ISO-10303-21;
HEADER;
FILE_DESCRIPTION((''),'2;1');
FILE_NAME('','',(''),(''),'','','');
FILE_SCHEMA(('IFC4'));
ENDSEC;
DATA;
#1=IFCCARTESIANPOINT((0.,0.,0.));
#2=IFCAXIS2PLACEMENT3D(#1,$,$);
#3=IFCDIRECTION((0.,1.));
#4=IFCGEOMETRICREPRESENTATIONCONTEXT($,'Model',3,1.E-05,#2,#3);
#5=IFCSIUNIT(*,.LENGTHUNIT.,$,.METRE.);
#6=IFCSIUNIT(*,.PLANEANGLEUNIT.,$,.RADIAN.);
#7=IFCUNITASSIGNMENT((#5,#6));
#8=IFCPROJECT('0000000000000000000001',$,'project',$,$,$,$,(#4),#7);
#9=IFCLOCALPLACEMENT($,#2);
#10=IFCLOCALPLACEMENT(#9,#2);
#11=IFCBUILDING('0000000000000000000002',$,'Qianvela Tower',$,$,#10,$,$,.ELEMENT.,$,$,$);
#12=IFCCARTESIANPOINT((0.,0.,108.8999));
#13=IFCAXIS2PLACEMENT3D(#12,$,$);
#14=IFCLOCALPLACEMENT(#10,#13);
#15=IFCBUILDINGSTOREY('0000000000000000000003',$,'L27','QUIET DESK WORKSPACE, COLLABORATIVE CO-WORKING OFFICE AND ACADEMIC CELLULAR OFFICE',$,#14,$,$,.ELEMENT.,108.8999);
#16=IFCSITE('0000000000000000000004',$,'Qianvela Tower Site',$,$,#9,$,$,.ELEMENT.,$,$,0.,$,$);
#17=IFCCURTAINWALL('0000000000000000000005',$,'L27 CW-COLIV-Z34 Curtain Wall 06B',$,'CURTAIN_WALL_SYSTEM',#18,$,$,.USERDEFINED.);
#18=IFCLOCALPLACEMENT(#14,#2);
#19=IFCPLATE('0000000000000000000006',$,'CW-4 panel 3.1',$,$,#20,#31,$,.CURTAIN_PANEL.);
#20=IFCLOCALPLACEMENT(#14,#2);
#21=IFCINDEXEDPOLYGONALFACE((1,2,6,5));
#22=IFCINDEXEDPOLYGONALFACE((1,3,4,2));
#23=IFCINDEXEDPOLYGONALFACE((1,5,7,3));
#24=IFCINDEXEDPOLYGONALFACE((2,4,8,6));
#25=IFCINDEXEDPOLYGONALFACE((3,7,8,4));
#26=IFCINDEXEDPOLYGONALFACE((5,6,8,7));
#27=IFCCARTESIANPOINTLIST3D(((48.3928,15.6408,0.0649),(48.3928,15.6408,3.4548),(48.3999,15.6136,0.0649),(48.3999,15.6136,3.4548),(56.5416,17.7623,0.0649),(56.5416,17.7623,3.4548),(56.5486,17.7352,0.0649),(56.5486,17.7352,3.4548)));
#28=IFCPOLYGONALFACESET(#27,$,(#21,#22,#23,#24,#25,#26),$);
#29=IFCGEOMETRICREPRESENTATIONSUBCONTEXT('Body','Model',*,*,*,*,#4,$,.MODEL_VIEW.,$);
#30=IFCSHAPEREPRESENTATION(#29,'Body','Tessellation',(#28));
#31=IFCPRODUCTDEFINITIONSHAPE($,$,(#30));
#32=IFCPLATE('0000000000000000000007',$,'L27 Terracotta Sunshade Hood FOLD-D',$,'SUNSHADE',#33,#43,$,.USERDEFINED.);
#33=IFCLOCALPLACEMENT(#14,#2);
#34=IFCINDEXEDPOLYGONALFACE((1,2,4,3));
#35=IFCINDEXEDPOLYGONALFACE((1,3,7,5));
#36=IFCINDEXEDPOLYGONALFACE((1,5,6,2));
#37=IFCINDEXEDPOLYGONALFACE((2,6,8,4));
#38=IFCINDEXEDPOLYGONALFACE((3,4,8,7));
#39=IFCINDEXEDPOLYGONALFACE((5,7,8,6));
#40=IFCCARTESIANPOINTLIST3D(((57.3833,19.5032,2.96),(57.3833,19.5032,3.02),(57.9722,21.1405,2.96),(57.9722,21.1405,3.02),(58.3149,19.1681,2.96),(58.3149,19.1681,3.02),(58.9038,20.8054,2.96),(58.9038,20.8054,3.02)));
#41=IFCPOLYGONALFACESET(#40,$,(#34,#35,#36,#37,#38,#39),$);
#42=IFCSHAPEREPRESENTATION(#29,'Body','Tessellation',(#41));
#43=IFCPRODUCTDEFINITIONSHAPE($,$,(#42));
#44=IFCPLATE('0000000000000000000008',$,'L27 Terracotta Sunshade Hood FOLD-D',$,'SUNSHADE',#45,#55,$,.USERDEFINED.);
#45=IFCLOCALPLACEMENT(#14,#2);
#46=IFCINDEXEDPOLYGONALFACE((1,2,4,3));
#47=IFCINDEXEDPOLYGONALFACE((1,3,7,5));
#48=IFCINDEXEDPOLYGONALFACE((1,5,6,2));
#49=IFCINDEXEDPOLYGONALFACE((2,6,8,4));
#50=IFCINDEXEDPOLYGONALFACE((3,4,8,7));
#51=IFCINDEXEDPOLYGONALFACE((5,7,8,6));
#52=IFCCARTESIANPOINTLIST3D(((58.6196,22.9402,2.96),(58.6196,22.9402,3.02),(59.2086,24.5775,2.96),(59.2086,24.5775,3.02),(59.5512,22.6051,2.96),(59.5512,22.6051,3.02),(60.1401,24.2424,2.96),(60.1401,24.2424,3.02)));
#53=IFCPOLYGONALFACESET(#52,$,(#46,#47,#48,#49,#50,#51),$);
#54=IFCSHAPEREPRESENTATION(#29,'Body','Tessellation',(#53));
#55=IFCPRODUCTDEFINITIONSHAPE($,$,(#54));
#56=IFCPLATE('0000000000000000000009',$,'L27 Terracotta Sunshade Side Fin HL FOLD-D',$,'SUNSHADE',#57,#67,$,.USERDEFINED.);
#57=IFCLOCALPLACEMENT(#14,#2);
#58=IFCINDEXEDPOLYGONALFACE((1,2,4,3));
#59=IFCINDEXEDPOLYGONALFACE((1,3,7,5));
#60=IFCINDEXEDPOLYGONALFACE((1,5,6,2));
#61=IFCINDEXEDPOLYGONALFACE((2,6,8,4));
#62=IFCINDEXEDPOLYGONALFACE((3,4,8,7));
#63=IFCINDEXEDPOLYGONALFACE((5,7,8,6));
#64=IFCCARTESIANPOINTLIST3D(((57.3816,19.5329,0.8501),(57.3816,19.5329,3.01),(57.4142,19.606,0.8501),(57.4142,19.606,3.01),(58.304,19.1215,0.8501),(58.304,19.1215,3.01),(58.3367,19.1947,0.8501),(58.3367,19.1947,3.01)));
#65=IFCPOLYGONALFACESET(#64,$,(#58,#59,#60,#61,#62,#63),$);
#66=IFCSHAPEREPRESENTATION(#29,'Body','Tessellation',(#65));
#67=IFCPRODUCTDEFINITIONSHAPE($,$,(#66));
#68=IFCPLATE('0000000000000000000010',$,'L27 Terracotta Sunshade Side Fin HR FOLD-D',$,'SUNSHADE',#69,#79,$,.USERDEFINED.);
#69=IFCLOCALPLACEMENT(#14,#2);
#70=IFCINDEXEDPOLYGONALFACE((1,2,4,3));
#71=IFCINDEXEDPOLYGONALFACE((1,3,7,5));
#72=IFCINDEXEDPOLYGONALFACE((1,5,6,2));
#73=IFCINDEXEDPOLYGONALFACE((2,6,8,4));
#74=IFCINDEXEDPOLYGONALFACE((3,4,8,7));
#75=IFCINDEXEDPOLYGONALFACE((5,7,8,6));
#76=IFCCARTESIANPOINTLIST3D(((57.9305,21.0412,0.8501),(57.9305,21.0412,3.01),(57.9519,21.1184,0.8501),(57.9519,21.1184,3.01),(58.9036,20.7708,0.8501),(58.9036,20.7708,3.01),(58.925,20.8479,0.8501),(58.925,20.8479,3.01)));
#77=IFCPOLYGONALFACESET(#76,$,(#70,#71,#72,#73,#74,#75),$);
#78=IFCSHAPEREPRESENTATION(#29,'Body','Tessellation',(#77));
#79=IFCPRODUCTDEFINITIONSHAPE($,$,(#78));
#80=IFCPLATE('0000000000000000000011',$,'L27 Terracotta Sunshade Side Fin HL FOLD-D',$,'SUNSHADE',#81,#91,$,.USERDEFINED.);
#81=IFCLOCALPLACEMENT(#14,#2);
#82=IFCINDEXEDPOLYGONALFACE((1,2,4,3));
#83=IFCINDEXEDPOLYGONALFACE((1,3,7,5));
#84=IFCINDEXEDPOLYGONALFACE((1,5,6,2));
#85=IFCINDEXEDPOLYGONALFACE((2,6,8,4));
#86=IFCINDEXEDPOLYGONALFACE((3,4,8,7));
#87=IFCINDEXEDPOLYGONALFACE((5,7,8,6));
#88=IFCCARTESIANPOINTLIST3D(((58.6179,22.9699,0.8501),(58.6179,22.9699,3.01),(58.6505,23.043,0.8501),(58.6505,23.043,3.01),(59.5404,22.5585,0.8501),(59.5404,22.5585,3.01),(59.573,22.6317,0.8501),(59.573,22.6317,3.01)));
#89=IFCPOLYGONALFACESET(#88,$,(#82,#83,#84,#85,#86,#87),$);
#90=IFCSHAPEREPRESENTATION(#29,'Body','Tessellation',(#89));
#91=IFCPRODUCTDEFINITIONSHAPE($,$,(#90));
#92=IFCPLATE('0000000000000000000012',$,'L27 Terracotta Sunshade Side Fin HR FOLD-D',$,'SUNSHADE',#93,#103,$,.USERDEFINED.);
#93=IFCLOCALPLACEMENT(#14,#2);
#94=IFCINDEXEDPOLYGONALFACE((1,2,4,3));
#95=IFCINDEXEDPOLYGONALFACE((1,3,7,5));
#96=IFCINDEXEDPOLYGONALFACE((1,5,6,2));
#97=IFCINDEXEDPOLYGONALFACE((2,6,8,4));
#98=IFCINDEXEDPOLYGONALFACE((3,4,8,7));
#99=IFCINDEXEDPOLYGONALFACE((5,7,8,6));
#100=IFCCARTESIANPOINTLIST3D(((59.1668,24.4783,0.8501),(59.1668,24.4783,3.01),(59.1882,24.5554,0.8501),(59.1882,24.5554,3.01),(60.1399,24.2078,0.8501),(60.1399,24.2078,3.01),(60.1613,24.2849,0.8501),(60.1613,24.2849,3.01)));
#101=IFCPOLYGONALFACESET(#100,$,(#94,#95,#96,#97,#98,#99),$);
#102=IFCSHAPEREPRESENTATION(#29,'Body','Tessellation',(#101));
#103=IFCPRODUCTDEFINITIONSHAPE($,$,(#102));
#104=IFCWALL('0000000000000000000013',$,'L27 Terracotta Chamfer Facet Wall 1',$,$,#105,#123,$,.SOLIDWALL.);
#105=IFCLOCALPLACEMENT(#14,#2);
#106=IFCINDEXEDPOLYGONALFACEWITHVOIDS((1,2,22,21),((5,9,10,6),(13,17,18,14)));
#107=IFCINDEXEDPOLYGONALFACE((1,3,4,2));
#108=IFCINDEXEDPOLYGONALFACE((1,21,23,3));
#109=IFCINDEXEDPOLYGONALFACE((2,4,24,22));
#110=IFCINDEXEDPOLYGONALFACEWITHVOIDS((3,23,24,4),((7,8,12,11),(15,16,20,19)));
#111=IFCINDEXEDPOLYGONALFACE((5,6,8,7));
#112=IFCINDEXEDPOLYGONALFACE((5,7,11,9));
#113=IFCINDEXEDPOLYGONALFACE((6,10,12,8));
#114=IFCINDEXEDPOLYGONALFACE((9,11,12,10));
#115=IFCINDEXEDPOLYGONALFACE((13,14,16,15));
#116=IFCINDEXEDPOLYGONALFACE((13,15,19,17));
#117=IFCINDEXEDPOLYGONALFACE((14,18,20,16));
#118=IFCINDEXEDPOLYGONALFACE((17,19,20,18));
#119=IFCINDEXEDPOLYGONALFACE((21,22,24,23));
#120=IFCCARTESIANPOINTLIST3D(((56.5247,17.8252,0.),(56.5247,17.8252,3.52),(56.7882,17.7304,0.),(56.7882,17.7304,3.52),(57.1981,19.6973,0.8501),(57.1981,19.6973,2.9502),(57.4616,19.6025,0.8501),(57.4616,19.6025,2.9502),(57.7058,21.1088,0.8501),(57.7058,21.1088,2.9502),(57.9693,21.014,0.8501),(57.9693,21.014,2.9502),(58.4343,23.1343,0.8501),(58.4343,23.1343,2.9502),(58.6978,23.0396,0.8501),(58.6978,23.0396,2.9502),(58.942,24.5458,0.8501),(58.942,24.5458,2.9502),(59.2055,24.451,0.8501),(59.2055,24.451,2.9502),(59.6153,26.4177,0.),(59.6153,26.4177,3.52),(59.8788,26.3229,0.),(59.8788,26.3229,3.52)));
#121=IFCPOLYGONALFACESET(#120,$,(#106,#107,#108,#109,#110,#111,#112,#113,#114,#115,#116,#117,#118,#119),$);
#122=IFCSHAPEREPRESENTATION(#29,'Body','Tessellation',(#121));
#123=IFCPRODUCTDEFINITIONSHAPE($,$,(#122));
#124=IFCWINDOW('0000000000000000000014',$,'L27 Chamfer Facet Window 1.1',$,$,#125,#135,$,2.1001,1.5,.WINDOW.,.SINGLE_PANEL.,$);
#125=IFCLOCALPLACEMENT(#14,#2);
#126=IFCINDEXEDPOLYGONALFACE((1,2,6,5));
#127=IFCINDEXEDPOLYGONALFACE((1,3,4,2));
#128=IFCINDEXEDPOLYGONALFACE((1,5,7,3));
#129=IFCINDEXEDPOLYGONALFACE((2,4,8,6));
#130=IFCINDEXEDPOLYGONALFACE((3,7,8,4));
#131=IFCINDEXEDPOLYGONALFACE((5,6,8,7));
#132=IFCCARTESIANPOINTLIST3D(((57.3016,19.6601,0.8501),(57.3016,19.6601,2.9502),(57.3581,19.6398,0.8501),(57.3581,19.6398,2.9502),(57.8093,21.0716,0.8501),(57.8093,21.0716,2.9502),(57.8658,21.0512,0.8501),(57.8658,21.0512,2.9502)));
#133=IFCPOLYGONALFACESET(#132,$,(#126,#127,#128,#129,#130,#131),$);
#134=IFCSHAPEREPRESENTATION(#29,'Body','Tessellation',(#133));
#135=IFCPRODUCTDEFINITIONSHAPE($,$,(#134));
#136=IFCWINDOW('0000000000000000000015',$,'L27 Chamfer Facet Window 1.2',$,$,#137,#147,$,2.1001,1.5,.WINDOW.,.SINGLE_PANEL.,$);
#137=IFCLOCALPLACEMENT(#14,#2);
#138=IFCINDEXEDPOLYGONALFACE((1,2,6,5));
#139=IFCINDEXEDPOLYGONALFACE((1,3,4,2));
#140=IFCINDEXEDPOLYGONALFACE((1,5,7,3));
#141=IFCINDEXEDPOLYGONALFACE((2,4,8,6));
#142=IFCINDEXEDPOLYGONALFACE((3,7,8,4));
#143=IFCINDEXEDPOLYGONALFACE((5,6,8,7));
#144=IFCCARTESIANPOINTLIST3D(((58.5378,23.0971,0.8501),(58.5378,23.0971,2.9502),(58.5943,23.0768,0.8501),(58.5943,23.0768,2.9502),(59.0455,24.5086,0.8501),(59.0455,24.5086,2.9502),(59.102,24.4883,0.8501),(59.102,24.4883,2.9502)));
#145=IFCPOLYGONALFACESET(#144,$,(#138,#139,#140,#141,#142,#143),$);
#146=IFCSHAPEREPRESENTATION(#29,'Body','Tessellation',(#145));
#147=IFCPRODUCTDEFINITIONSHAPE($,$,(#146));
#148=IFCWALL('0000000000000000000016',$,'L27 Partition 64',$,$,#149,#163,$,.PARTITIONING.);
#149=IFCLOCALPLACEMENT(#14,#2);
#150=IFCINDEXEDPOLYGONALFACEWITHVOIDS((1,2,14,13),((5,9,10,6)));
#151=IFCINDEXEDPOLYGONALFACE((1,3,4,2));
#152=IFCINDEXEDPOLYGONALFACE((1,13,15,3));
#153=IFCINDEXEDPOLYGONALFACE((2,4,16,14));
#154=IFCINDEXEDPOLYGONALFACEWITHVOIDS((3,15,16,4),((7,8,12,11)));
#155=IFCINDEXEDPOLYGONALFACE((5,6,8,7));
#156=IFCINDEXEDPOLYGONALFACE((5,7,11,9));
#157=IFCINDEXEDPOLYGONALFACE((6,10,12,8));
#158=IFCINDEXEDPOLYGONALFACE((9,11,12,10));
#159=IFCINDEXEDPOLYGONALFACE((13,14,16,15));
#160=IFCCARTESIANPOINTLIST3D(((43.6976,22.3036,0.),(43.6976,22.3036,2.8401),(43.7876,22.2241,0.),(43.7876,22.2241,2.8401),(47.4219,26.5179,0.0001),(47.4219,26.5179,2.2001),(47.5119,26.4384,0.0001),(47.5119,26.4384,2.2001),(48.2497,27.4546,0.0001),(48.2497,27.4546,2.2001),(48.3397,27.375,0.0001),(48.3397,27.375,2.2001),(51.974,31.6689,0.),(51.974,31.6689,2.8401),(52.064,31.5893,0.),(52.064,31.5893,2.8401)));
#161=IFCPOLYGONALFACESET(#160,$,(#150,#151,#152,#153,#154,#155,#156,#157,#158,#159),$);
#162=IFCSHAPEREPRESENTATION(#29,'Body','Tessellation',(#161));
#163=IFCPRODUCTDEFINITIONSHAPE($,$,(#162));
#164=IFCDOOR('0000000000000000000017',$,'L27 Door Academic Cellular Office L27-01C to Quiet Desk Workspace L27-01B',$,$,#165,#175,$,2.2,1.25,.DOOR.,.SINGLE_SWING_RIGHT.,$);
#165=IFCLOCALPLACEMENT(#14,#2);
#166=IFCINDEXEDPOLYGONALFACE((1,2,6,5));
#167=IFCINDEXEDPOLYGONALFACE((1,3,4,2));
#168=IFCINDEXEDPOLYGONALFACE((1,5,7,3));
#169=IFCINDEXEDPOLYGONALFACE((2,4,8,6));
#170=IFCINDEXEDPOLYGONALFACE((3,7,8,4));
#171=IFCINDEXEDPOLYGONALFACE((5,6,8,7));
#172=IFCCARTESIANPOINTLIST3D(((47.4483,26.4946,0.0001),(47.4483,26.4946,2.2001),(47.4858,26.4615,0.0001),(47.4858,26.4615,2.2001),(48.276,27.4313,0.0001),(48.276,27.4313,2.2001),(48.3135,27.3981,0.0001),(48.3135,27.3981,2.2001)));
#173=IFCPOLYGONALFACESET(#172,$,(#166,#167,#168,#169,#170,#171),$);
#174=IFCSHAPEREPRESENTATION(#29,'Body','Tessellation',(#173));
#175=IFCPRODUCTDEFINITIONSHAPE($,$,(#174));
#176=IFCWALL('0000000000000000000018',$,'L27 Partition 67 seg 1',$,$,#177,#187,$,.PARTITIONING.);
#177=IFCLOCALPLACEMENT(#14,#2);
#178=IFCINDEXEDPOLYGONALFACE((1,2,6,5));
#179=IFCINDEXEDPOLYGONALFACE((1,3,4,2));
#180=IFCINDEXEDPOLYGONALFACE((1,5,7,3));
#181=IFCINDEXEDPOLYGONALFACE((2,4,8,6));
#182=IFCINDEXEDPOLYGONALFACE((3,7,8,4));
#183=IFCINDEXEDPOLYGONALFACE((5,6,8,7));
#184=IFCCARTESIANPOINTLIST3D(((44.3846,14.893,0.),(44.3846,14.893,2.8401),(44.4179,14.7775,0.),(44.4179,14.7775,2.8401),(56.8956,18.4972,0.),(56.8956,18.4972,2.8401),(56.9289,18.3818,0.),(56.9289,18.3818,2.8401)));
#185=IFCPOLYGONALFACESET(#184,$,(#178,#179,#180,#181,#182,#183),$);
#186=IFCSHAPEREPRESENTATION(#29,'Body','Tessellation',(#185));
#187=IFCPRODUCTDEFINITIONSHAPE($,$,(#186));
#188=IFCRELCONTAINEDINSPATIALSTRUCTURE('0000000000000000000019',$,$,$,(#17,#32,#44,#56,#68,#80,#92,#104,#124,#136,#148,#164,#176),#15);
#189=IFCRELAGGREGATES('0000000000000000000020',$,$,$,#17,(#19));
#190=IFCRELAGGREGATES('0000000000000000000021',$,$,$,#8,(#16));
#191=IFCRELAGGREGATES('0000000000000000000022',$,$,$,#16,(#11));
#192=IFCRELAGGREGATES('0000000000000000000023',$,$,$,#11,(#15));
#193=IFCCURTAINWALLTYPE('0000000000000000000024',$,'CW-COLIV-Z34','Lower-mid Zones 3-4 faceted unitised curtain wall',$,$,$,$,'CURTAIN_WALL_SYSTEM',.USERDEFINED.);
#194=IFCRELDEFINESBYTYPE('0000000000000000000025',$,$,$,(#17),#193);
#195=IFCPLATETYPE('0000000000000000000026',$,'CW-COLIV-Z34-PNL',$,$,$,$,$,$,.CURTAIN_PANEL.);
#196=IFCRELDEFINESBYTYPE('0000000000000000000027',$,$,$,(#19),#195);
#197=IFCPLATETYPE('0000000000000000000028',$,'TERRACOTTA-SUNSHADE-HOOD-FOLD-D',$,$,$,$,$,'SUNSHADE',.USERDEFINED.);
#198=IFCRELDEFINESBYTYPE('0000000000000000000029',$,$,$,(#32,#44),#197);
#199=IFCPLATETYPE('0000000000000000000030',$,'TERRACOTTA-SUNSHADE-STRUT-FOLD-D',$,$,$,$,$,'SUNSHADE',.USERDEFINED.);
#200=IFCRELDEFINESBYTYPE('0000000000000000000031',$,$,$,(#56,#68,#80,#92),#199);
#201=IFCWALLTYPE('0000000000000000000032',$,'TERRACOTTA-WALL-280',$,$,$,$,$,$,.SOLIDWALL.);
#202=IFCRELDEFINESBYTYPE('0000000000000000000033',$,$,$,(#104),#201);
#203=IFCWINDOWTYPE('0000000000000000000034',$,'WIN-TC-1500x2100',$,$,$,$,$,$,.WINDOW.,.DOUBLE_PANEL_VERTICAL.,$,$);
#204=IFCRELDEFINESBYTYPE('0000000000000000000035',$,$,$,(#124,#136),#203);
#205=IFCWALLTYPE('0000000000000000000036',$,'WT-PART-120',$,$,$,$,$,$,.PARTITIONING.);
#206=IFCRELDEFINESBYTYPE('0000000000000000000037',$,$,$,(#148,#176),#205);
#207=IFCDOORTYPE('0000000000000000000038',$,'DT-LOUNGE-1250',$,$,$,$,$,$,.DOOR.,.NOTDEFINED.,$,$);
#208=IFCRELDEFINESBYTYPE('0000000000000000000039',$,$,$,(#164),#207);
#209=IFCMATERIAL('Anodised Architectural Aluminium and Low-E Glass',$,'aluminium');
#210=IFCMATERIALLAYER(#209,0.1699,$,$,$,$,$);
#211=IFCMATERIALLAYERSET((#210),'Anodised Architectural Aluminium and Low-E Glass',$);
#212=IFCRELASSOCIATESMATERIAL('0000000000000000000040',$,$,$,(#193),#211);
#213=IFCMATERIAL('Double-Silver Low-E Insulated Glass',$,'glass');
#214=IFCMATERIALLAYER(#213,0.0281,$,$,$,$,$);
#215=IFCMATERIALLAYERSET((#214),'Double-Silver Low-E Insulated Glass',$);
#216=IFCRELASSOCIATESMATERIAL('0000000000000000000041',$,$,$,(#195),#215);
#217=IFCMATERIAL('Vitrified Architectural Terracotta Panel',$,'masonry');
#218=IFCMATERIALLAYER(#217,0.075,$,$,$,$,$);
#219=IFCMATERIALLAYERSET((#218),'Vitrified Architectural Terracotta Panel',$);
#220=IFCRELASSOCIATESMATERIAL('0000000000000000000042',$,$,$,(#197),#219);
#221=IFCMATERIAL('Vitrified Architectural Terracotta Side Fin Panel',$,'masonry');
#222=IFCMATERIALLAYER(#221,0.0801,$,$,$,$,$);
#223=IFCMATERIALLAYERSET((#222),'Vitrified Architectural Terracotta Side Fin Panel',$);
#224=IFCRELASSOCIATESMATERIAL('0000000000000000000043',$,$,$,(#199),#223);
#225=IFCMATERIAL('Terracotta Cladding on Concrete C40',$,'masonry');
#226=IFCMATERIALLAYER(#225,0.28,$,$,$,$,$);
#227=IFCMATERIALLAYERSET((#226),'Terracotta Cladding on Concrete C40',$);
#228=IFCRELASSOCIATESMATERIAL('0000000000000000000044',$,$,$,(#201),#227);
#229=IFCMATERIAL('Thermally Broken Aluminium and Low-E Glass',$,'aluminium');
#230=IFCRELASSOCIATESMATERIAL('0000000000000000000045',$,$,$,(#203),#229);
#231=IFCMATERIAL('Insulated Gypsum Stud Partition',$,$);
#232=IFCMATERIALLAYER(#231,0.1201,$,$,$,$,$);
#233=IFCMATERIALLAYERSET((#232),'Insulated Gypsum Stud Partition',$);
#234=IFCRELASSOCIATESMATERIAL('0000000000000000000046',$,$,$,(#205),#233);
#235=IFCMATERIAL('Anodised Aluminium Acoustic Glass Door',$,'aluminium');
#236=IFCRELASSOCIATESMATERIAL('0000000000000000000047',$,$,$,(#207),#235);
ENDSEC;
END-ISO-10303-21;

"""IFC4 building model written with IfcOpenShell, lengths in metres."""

from ifc_helpers import new_model, si_unit, direction, frame, frame_2d, origin, origin_2d, place, context, subcontext, project, spatial, rectangle, extrude, material, layer, layer_set, type_object, element, fill, aggregate, save


model = new_model("IFC4")

# Units and contexts
model_context = context("Model", 3, precision=1e-05, world=origin(), true_north=direction((0.0, 1.0)))
body_context = subcontext(model_context, "Body", "Model", "MODEL_VIEW")
ifc_project = project(units=[si_unit("LENGTHUNIT", "METRE"), si_unit("PLANEANGLEUNIT", "RADIAN")], contexts=[model_context])

# Site, building, storey
site_placement = place(None, origin())
site = spatial("IfcSite", under=ifc_project, at=site_placement, Name="Qianvela Tower Site", CompositionType="ELEMENT", RefElevation=0.0)
building_placement = place(site_placement, origin())
building = spatial("IfcBuilding", under=site, at=building_placement, Name="Qianvela Tower", CompositionType="ELEMENT")
storey_placement = place(building_placement, frame((0.0, 0.0, 108.8999)))
storey = spatial("IfcBuildingStorey", under=building, at=storey_placement, Name="L27", Description="QUIET DESK WORKSPACE, COLLABORATIVE CO-WORKING OFFICE AND ACADEMIC CELLULAR OFFICE", CompositionType="ELEMENT", Elevation=108.8999)

# Shared definitions
ifc_material_1 = material(Name="Anodised Architectural Aluminium and Low-E Glass", Category="aluminium")
ifc_layer_1 = layer(ifc_material_1, 0.1699)
ifc_layer_set_1 = layer_set([ifc_layer_1], Name="Anodised Architectural Aluminium and Low-E Glass")
curtain_wall_type = type_object("IfcCurtainWallType", Name="CW-COLIV-Z34", Description="Lower-mid Zones 3-4 faceted unitised curtain wall", ElementType="CURTAIN_WALL_SYSTEM", PredefinedType="USERDEFINED", material=ifc_layer_set_1)

# Curtain wall
curtain_wall_1_placement = place(storey_placement, origin())
curtain_wall_1 = element("IfcCurtainWall", 1, at=curtain_wall_1_placement, inside=storey, type_object=curtain_wall_type, Name="L27 CW-COLIV-Z34 Curtain Wall 06B", ObjectType="CURTAIN_WALL_SYSTEM", PredefinedType="USERDEFINED")

# Plate
ifc_material_2 = material(Name="Double-Silver Low-E Insulated Glass", Category="glass")
ifc_layer_2 = layer(ifc_material_2, 0.0281)
ifc_layer_set_2 = layer_set([ifc_layer_2], Name="Double-Silver Low-E Insulated Glass")
plate_type_1 = type_object("IfcPlateType", Name="CW-COLIV-Z34-PNL", PredefinedType="CURTAIN_PANEL", material=ifc_layer_set_2)
plate_1_placement = place(storey_placement, frame((52.4707, 16.688, 0.0649), z_axis=(0.0, 0.0, 1.0), x_axis=(0.96774, 0.251949, 0.0)))
plate_1 = element("IfcPlate", 2, at=plate_1_placement, type_object=plate_type_1, Name="CW-4 panel 3.1", PredefinedType="CURTAIN_PANEL", context=body_context, shape_type="SweptSolid", body=[
    extrude(rectangle(XDim=8.4204, YDim=0.0281, at=origin_2d()), origin(), (0.0, 0.0, 1.0), 3.3899),
])
aggregate(curtain_wall_1, [plate_1])

# Plates
ifc_material_3 = material(Name="Vitrified Architectural Terracotta Panel", Category="masonry")
ifc_layer_3 = layer(ifc_material_3, 0.075)
ifc_layer_set_3 = layer_set([ifc_layer_3], Name="Vitrified Architectural Terracotta Panel")
plate_type_2 = type_object("IfcPlateType", Name="TERRACOTTA-SUNSHADE-HOOD-FOLD-D", ElementType="SUNSHADE", PredefinedType="USERDEFINED", material=ifc_layer_set_3)
for number, where, z_axis, x_axis, name in (
    (3, (58.1436, 20.1543, 2.96), (0.0, 0.0, 1.0), (0.338464, 0.940979, 0.0), "L27 Terracotta Sunshade Hood FOLD-D"),
    (4, (59.3799, 23.5913, 2.96), (0.0, 0.0, 1.0), (0.338464, 0.940979, 0.0), "L27 Terracotta Sunshade Hood FOLD-D"),
):
    element("IfcPlate", number, at=place(storey_placement, frame(where, z_axis=z_axis, x_axis=x_axis)), inside=storey, type_object=plate_type_2, Name=name, ObjectType="SUNSHADE", PredefinedType="USERDEFINED", context=body_context, shape_type="SweptSolid", body=[
        extrude(rectangle(XDim=1.74, YDim=0.99, at=origin_2d()), origin(), (0.0, 0.0, 1.0), 0.0601),
    ])
ifc_material_4 = material(Name="Vitrified Architectural Terracotta Side Fin Panel", Category="masonry")
ifc_layer_4 = layer(ifc_material_4, 0.0801)
ifc_layer_set_4 = layer_set([ifc_layer_4], Name="Vitrified Architectural Terracotta Side Fin Panel")
plate_type_3 = type_object("IfcPlateType", Name="TERRACOTTA-SUNSHADE-STRUT-FOLD-D", ElementType="SUNSHADE", PredefinedType="USERDEFINED", material=ifc_layer_set_4)
for number, where, z_axis, x_axis, name in (
    (5, (57.8591, 19.3638, 0.8501), (0.0, 0.0, 1.0), (0.407268, 0.913309, 0.0), "L27 Terracotta Sunshade Side Fin HL FOLD-D"),
    (6, (58.4277, 20.9446, 0.8501), (0.0, 0.0, 1.0), (0.267798, 0.963475, 0.0), "L27 Terracotta Sunshade Side Fin HR FOLD-D"),
    (7, (59.0955, 22.8008, 0.8501), (0.0, 0.0, 1.0), (0.407268, 0.913309, 0.0), "L27 Terracotta Sunshade Side Fin HL FOLD-D"),
    (8, (59.6641, 24.3816, 0.8501), (0.0, 0.0, 1.0), (0.267798, 0.963475, 0.0), "L27 Terracotta Sunshade Side Fin HR FOLD-D"),
):
    element("IfcPlate", number, at=place(storey_placement, frame(where, z_axis=z_axis, x_axis=x_axis)), inside=storey, type_object=plate_type_3, Name=name, ObjectType="SUNSHADE", PredefinedType="USERDEFINED", context=body_context, shape_type="SweptSolid", body=[
        extrude(rectangle(XDim=0.0801, YDim=1.01, at=origin_2d()), origin(), (0.0, 0.0, 1.0), 2.1599),
    ])

# Wall, openings, windows
ifc_material_5 = material(Name="Terracotta Cladding on Concrete C40", Category="masonry")
ifc_layer_5 = layer(ifc_material_5, 0.28)
ifc_layer_set_5 = layer_set([ifc_layer_5], Name="Terracotta Cladding on Concrete C40")
wall_type_1 = type_object("IfcWallType", Name="TERRACOTTA-WALL-280", PredefinedType="SOLIDWALL", material=ifc_layer_set_5)
wall_1_placement = place(storey_placement, frame((56.6565, 17.7778, 0.0), z_axis=(0.0, 0.0, 1.0), x_axis=(0.338454, 0.940983, 0.0)))
wall_1 = element("IfcWall", 9, at=wall_1_placement, inside=storey, type_object=wall_type_1, Name="L27 Terracotta Chamfer Facet Wall 1", PredefinedType="SOLIDWALL", context=body_context, shape_type="SweptSolid", body=[
    extrude(rectangle(XDim=9.1313, YDim=0.28, at=frame_2d((4.5657, 0.0))), origin(), (0.0, 0.0, 1.0), 3.52),
])
opening_1_placement = place(wall_1_placement, frame((1.9895, 0.0, 0.8501)))
opening_1 = element("IfcOpeningElement", 10, at=opening_1_placement, cuts=wall_1, PredefinedType="OPENING", context=body_context, shape_type="SweptSolid", body=[
    extrude(rectangle(XDim=1.5, YDim=2.1001, at=frame_2d((0.75, 1.05))), frame((0.0, 0.1499, 0.0), z_axis=(0.0, -1.0, 0.0), x_axis=(1.0, 0.0, 0.0)), (0.0, 0.0, 1.0), 0.3),
])
opening_2_placement = place(wall_1_placement, frame((5.6421, 0.0, 0.8501)))
opening_2 = element("IfcOpeningElement", 11, at=opening_2_placement, cuts=wall_1, PredefinedType="OPENING", context=body_context, shape_type="SweptSolid", body=[
    extrude(rectangle(XDim=1.5, YDim=2.1001, at=frame_2d((0.75, 1.05))), frame((0.0, 0.1499, 0.0), z_axis=(0.0, -1.0, 0.0), x_axis=(1.0, 0.0, 0.0)), (0.0, 0.0, 1.0), 0.3),
])
ifc_material_6 = material(Name="Thermally Broken Aluminium and Low-E Glass", Category="aluminium")
window_type = type_object("IfcWindowType", Name="WIN-TC-1500x2100", PartitioningType="DOUBLE_PANEL_VERTICAL", PredefinedType="WINDOW", material=ifc_material_6)
window_1_placement = place(opening_1_placement, origin())
window_1 = element("IfcWindow", 12, at=window_1_placement, inside=storey, type_object=window_type, Name="L27 Chamfer Facet Window 1.1", OverallHeight=2.1001, OverallWidth=1.5, PartitioningType="SINGLE_PANEL", PredefinedType="WINDOW", context=body_context, shape_type="SweptSolid", body=[
    extrude(rectangle(XDim=1.5, YDim=2.1001, at=frame_2d((0.75, 1.05))), frame((0.0, 0.03, 0.0), z_axis=(0.0, -1.0, 0.0), x_axis=(1.0, 0.0, 0.0)), (0.0, 0.0, 1.0), 0.0601),
])
fill(opening_1, window_1)
window_2_placement = place(opening_2_placement, origin())
window_2 = element("IfcWindow", 13, at=window_2_placement, inside=storey, type_object=window_type, Name="L27 Chamfer Facet Window 1.2", OverallHeight=2.1001, OverallWidth=1.5, PartitioningType="SINGLE_PANEL", PredefinedType="WINDOW", context=body_context, shape_type="SweptSolid", body=[
    extrude(rectangle(XDim=1.5, YDim=2.1001, at=frame_2d((0.75, 1.05))), frame((0.0, 0.03, 0.0), z_axis=(0.0, -1.0, 0.0), x_axis=(1.0, 0.0, 0.0)), (0.0, 0.0, 1.0), 0.0601),
])
fill(opening_2, window_2)

# Wall, opening, door
ifc_material_7 = material(Name="Insulated Gypsum Stud Partition")
ifc_layer_6 = layer(ifc_material_7, 0.1201)
ifc_layer_set_6 = layer_set([ifc_layer_6], Name="Insulated Gypsum Stud Partition")
wall_type_2 = type_object("IfcWallType", Name="WT-PART-120", PredefinedType="PARTITIONING", material=ifc_layer_set_6)
wall_2_placement = place(storey_placement, frame((43.7427, 22.2639, 0.0), z_axis=(0.0, 0.0, 1.0), x_axis=(0.662203, 0.749325, 0.0)))
wall_2 = element("IfcWall", 14, at=wall_2_placement, inside=storey, type_object=wall_type_2, Name="L27 Partition 64", PredefinedType="PARTITIONING", context=body_context, shape_type="SweptSolid", body=[
    extrude(rectangle(XDim=12.4983, YDim=0.1201, at=frame_2d((6.249, 0.0))), origin(), (0.0, 0.0, 1.0), 2.8401),
])
opening_3_placement = place(wall_2_placement, frame((5.624, 0.0, 0.0)))
opening_3 = element("IfcOpeningElement", 15, at=opening_3_placement, cuts=wall_2, PredefinedType="OPENING", context=body_context, shape_type="SweptSolid", body=[
    extrude(rectangle(XDim=1.25, YDim=2.2, at=frame_2d((0.625, 1.1001))), frame((0.0, 0.0701, 0.0), z_axis=(0.0, -1.0, 0.0), x_axis=(1.0, 0.0, 0.0)), (0.0, 0.0, 1.0), 0.1401),
])
ifc_material_8 = material(Name="Anodised Aluminium Acoustic Glass Door", Category="aluminium")
door_type = type_object("IfcDoorType", Name="DT-LOUNGE-1250", OperationType="NOTDEFINED", PredefinedType="DOOR", material=ifc_material_8)
door_placement = place(opening_3_placement, origin())
door = element("IfcDoor", 16, at=door_placement, inside=storey, type_object=door_type, Name="L27 Door Academic Cellular Office L27-01C to Quiet Desk Workspace L27-01B", OperationType="SINGLE_SWING_RIGHT", OverallHeight=2.2, OverallWidth=1.25, PredefinedType="DOOR", context=body_context, shape_type="SweptSolid", body=[
    extrude(rectangle(XDim=1.25, YDim=2.2, at=frame_2d((0.625, 1.1001))), frame((0.0, 0.0249, 0.0), z_axis=(0.0, -1.0, 0.0), x_axis=(1.0, 0.0, 0.0)), (0.0, 0.0, 1.0), 0.05),
])
fill(opening_3, door)

# Wall
wall_3_placement = place(storey_placement, frame((56.9121, 18.4395, 0.0), z_axis=(0.0, 0.0, 1.0), x_axis=(-0.960919, -0.276828, 0.0)))
element("IfcWall", 17, at=wall_3_placement, inside=storey, type_object=wall_type_2, Name="L27 Partition 67 seg 1", PredefinedType="PARTITIONING", context=body_context, shape_type="SweptSolid", body=[
    extrude(rectangle(XDim=13.0198, YDim=0.1201, at=frame_2d((6.5098, 0.0))), origin(), (0.0, 0.0, 1.0), 2.8401),
])

save(model, "model.ifc")
